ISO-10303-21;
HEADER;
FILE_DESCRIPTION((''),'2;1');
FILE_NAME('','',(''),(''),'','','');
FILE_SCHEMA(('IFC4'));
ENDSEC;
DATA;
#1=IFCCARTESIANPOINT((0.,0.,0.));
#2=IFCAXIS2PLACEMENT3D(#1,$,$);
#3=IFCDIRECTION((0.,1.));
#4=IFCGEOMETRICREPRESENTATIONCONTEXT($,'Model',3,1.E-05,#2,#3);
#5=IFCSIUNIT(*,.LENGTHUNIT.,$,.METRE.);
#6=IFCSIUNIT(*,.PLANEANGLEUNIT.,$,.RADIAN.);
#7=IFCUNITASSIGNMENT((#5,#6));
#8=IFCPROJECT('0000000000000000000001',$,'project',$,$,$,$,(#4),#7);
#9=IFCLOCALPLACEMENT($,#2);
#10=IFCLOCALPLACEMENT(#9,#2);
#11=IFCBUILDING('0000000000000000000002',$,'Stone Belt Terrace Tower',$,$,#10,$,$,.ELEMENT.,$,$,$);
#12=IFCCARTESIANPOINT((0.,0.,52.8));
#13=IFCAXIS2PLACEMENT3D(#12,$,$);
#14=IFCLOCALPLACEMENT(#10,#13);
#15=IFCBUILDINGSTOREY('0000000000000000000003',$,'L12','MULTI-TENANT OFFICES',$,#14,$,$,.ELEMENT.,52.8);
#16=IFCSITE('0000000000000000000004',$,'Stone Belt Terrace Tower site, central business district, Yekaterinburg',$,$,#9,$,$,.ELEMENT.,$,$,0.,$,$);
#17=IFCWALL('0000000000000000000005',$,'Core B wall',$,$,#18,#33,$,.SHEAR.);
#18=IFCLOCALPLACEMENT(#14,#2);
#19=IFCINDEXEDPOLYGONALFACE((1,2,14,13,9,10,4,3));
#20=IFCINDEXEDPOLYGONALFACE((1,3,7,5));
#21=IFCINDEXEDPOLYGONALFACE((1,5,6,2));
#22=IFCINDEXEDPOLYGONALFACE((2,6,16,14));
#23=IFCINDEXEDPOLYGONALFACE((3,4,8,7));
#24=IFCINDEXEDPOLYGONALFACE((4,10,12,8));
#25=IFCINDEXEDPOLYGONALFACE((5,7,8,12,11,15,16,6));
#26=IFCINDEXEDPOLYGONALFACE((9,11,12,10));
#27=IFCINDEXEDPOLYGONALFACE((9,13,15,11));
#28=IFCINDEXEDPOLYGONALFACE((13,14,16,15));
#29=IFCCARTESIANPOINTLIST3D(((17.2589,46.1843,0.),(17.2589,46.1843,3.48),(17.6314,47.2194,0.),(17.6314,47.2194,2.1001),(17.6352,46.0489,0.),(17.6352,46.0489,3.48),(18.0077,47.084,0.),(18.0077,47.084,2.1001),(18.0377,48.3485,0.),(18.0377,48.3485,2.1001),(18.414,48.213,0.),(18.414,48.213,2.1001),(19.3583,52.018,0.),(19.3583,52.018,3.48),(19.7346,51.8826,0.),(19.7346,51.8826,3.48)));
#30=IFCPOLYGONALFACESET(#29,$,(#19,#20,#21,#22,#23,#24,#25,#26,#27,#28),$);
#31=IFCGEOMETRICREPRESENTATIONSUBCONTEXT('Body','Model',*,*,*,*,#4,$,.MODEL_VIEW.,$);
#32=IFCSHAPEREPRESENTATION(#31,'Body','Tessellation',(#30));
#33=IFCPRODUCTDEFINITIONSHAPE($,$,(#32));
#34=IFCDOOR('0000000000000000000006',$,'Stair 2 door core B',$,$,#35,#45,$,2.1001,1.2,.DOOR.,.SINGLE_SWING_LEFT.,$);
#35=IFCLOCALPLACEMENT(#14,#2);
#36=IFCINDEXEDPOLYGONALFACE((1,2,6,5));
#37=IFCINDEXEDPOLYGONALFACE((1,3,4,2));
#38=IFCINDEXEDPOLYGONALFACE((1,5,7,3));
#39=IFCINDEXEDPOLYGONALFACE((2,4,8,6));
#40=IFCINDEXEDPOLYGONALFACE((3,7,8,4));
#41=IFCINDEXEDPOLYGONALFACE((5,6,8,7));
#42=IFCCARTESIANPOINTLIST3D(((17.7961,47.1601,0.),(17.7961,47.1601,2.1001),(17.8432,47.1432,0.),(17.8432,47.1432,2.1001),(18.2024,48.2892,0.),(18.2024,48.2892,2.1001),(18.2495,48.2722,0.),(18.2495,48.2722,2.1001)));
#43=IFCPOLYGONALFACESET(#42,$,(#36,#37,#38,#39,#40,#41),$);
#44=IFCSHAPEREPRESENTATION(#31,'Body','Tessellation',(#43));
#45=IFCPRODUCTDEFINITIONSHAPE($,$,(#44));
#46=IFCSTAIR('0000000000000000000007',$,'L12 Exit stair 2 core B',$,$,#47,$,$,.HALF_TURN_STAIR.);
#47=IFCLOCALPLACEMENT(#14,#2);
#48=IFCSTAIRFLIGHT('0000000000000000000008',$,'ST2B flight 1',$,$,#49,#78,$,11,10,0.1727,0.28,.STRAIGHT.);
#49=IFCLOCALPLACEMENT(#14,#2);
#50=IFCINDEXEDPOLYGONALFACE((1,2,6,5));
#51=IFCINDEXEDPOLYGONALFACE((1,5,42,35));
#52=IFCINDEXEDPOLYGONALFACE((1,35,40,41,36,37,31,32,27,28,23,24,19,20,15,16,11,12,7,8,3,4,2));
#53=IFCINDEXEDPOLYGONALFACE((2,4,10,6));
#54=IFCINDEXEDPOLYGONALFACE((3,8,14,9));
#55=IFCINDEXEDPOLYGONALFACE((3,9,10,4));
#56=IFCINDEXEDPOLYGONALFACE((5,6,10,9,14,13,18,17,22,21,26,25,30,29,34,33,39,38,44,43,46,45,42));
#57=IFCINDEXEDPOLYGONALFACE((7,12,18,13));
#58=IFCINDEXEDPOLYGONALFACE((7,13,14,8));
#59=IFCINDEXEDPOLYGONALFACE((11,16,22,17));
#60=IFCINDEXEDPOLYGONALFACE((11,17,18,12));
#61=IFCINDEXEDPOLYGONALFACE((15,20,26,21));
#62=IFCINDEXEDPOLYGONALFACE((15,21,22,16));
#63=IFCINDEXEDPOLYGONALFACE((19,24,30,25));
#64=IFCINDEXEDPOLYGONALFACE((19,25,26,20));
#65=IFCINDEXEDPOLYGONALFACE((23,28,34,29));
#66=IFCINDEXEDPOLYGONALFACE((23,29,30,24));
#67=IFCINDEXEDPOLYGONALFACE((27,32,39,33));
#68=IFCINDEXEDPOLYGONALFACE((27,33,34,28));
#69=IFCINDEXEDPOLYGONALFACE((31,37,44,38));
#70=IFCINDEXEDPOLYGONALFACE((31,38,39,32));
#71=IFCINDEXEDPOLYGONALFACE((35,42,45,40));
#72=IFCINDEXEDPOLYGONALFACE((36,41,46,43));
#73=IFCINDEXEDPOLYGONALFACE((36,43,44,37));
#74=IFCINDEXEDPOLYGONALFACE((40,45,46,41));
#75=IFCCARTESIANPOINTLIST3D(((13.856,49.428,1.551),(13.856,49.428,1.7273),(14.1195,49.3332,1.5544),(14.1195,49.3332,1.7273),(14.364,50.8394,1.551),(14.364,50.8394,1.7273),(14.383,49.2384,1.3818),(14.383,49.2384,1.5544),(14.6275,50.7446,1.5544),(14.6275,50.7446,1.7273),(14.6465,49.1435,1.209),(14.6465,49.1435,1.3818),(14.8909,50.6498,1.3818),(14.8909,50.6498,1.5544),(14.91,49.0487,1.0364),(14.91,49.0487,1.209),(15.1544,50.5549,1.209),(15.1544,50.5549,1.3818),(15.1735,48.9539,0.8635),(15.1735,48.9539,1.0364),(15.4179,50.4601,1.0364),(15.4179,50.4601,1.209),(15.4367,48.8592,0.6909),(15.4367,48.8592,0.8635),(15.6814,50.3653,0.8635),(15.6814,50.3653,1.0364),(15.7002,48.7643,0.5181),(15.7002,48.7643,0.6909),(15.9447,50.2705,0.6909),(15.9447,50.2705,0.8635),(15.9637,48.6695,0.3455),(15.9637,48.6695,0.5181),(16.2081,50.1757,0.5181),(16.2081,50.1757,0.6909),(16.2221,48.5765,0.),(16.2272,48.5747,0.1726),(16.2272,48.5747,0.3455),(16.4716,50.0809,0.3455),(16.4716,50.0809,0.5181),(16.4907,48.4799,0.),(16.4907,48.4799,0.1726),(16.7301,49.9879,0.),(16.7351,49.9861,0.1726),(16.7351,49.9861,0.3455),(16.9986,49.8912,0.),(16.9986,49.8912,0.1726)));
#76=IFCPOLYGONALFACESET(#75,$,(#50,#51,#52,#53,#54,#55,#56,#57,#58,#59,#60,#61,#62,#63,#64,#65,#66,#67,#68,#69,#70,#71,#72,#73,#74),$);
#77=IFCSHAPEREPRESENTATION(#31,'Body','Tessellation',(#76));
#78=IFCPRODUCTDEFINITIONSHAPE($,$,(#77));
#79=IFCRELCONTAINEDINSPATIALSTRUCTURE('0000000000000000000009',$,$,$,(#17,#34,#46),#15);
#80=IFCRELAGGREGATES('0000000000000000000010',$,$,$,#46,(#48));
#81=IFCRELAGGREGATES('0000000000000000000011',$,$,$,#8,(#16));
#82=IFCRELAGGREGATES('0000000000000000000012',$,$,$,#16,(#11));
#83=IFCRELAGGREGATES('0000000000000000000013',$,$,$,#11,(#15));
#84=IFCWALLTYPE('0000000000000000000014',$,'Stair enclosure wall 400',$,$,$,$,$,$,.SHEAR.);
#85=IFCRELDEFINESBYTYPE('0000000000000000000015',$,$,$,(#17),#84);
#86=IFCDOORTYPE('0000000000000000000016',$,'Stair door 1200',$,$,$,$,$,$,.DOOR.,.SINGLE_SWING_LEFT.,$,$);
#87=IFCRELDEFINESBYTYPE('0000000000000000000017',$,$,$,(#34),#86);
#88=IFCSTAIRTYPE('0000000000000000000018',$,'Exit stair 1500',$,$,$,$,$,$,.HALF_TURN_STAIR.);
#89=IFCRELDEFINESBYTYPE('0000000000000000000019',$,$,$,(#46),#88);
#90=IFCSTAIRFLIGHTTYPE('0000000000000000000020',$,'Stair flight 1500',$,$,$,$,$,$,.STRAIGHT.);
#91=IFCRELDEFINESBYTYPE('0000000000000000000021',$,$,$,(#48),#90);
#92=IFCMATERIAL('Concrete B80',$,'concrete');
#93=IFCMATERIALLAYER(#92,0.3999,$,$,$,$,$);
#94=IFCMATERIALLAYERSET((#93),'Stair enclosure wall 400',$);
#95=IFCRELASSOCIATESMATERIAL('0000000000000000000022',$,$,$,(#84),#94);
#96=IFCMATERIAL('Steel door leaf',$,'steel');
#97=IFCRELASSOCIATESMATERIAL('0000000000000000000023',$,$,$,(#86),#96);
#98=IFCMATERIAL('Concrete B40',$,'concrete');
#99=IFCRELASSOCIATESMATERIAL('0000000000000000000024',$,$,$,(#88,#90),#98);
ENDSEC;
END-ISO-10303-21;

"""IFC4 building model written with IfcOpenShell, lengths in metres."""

from ifc_helpers import new_model, si_unit, direction, frame, frame_2d, origin, place, context, subcontext, project, spatial, polyline, rectangle, outline, extrude, material, layer, layer_set, type_object, element, fill, aggregate, save


model = new_model("IFC4")

# Units and contexts
model_context = context("Model", 3, precision=1e-05, world=origin(), true_north=direction((0.0, 1.0)))
body_context = subcontext(model_context, "Body", "Model", "MODEL_VIEW")
ifc_project = project(units=[si_unit("LENGTHUNIT", "METRE"), si_unit("PLANEANGLEUNIT", "RADIAN")], contexts=[model_context])

# Site, building, storey
site_placement = place(None, origin())
site = spatial("IfcSite", under=ifc_project, at=site_placement, Name="Stone Belt Terrace Tower site, central business district, Yekaterinburg", CompositionType="ELEMENT", RefElevation=0.0)
building_placement = place(site_placement, origin())
building = spatial("IfcBuilding", under=site, at=building_placement, Name="Stone Belt Terrace Tower", CompositionType="ELEMENT")
storey_placement = place(building_placement, frame((0.0, 0.0, 52.8)))
storey = spatial("IfcBuildingStorey", under=building, at=storey_placement, Name="L12", Description="MULTI-TENANT OFFICES", CompositionType="ELEMENT", Elevation=52.8)

# Shared definitions
ifc_material_1 = material(Name="Concrete B80", Category="concrete")

# Wall, opening, door
ifc_layer_1 = layer(ifc_material_1, 0.3999)
ifc_layer_set_1 = layer_set([ifc_layer_1], Name="Stair enclosure wall 400")
wall_type_1 = type_object("IfcWallType", Name="Stair enclosure wall 400", PredefinedType="SHEAR", material=ifc_layer_set_1)
wall_1_placement = place(storey_placement, frame((17.447, 46.1165, 0.0), z_axis=(0.0, 0.0, 1.0), x_axis=(0.338608, 0.940928, 0.0)))
wall_1 = element("IfcWall", 1, at=wall_1_placement, inside=storey, type_object=wall_type_1, Name="Core B wall", PredefinedType="SHEAR", context=body_context, shape_type="SweptSolid", body=[
    extrude(rectangle(XDim=6.2, YDim=0.3999, at=frame_2d((3.1001, 0.0))), origin(), (0.0, 0.0, 1.0), 3.48),
])
opening_1_placement = place(wall_1_placement, frame((1.1001, 0.0, 0.0)))
opening_1 = element("IfcOpeningElement", 2, at=opening_1_placement, cuts=wall_1, PredefinedType="OPENING", context=body_context, shape_type="SweptSolid", body=[
    extrude(rectangle(XDim=1.2, YDim=2.1001, at=frame_2d((0.6001, 1.05))), frame((0.0, 0.21, 0.0), z_axis=(0.0, -1.0, 0.0), x_axis=(1.0, 0.0, 0.0)), (0.0, 0.0, 1.0), 0.4199),
])
ifc_material_2 = material(Name="Steel door leaf", Category="steel")
door_type_1 = type_object("IfcDoorType", Name="Stair door 1200", OperationType="SINGLE_SWING_LEFT", PredefinedType="DOOR", material=ifc_material_2)
door_1_placement = place(opening_1_placement, origin())
door_1 = element("IfcDoor", 3, at=door_1_placement, inside=storey, type_object=door_type_1, Name="Stair 2 door core B", OperationType="SINGLE_SWING_LEFT", OverallHeight=2.1001, OverallWidth=1.2, PredefinedType="DOOR", context=body_context, shape_type="SweptSolid", body=[
    extrude(rectangle(XDim=1.2, YDim=2.1001, at=frame_2d((0.6001, 1.05))), frame((0.0, 0.0249, 0.0), z_axis=(0.0, -1.0, 0.0), x_axis=(1.0, 0.0, 0.0)), (0.0, 0.0, 1.0), 0.05),
])
fill(opening_1, door_1)

# Stair, stair flight
ifc_material_3 = material(Name="Concrete B40", Category="concrete")
stair_type = type_object("IfcStairType", Name="Exit stair 1500", PredefinedType="HALF_TURN_STAIR", material=ifc_material_3)
stair_placement = place(storey_placement, origin())
stair = element("IfcStair", 4, at=stair_placement, inside=storey, type_object=stair_type, Name="L12 Exit stair 2 core B", PredefinedType="HALF_TURN_STAIR")
stair_flight_type = type_object("IfcStairFlightType", Name="Stair flight 1500", PredefinedType="STRAIGHT", material=ifc_material_3)
stair_flight_placement = place(storey_placement, frame((16.7446, 49.1855, 0.0), z_axis=(0.0, 0.0, 1.0), x_axis=(-0.940922, 0.338624, 0.0)))
stair_flight = element("IfcStairFlight", 5, at=stair_flight_placement, type_object=stair_flight_type, Name="ST2B flight 1", NumberOfRisers=11, NumberOfTreads=10, PredefinedType="STRAIGHT", RiserHeight=0.1727, TreadLength=0.28, context=body_context, shape_type="SweptSolid", body=[
    extrude(outline(polyline([(0.0, 0.0), (0.0, 0.1726), (0.28, 0.1726), (0.28, 0.3455), (0.5601, 0.3455), (0.5601, 0.5181), (0.8401, 0.5181), (0.8401, 0.6909), (1.1201, 0.6909), (1.1201, 0.8635), (1.3999, 0.8635), (1.3999, 1.0364), (1.6799, 1.0364), (1.6799, 1.209), (1.96, 1.209), (1.96, 1.3818), (2.24, 1.3818), (2.24, 1.5544), (2.52, 1.5544), (2.52, 1.7273), (2.8, 1.7273), (2.8, 1.8999), (2.8, 1.551), (0.2854, 0.0), (0.0, 0.0)])), frame((0.0, 0.75, 0.0), z_axis=(0.0, -1.0, 0.0), x_axis=(1.0, 0.0, 0.0)), (0.0, 0.0, 1.0), 1.5),
])
aggregate(stair, [stair_flight])

save(model, "model.ifc")
